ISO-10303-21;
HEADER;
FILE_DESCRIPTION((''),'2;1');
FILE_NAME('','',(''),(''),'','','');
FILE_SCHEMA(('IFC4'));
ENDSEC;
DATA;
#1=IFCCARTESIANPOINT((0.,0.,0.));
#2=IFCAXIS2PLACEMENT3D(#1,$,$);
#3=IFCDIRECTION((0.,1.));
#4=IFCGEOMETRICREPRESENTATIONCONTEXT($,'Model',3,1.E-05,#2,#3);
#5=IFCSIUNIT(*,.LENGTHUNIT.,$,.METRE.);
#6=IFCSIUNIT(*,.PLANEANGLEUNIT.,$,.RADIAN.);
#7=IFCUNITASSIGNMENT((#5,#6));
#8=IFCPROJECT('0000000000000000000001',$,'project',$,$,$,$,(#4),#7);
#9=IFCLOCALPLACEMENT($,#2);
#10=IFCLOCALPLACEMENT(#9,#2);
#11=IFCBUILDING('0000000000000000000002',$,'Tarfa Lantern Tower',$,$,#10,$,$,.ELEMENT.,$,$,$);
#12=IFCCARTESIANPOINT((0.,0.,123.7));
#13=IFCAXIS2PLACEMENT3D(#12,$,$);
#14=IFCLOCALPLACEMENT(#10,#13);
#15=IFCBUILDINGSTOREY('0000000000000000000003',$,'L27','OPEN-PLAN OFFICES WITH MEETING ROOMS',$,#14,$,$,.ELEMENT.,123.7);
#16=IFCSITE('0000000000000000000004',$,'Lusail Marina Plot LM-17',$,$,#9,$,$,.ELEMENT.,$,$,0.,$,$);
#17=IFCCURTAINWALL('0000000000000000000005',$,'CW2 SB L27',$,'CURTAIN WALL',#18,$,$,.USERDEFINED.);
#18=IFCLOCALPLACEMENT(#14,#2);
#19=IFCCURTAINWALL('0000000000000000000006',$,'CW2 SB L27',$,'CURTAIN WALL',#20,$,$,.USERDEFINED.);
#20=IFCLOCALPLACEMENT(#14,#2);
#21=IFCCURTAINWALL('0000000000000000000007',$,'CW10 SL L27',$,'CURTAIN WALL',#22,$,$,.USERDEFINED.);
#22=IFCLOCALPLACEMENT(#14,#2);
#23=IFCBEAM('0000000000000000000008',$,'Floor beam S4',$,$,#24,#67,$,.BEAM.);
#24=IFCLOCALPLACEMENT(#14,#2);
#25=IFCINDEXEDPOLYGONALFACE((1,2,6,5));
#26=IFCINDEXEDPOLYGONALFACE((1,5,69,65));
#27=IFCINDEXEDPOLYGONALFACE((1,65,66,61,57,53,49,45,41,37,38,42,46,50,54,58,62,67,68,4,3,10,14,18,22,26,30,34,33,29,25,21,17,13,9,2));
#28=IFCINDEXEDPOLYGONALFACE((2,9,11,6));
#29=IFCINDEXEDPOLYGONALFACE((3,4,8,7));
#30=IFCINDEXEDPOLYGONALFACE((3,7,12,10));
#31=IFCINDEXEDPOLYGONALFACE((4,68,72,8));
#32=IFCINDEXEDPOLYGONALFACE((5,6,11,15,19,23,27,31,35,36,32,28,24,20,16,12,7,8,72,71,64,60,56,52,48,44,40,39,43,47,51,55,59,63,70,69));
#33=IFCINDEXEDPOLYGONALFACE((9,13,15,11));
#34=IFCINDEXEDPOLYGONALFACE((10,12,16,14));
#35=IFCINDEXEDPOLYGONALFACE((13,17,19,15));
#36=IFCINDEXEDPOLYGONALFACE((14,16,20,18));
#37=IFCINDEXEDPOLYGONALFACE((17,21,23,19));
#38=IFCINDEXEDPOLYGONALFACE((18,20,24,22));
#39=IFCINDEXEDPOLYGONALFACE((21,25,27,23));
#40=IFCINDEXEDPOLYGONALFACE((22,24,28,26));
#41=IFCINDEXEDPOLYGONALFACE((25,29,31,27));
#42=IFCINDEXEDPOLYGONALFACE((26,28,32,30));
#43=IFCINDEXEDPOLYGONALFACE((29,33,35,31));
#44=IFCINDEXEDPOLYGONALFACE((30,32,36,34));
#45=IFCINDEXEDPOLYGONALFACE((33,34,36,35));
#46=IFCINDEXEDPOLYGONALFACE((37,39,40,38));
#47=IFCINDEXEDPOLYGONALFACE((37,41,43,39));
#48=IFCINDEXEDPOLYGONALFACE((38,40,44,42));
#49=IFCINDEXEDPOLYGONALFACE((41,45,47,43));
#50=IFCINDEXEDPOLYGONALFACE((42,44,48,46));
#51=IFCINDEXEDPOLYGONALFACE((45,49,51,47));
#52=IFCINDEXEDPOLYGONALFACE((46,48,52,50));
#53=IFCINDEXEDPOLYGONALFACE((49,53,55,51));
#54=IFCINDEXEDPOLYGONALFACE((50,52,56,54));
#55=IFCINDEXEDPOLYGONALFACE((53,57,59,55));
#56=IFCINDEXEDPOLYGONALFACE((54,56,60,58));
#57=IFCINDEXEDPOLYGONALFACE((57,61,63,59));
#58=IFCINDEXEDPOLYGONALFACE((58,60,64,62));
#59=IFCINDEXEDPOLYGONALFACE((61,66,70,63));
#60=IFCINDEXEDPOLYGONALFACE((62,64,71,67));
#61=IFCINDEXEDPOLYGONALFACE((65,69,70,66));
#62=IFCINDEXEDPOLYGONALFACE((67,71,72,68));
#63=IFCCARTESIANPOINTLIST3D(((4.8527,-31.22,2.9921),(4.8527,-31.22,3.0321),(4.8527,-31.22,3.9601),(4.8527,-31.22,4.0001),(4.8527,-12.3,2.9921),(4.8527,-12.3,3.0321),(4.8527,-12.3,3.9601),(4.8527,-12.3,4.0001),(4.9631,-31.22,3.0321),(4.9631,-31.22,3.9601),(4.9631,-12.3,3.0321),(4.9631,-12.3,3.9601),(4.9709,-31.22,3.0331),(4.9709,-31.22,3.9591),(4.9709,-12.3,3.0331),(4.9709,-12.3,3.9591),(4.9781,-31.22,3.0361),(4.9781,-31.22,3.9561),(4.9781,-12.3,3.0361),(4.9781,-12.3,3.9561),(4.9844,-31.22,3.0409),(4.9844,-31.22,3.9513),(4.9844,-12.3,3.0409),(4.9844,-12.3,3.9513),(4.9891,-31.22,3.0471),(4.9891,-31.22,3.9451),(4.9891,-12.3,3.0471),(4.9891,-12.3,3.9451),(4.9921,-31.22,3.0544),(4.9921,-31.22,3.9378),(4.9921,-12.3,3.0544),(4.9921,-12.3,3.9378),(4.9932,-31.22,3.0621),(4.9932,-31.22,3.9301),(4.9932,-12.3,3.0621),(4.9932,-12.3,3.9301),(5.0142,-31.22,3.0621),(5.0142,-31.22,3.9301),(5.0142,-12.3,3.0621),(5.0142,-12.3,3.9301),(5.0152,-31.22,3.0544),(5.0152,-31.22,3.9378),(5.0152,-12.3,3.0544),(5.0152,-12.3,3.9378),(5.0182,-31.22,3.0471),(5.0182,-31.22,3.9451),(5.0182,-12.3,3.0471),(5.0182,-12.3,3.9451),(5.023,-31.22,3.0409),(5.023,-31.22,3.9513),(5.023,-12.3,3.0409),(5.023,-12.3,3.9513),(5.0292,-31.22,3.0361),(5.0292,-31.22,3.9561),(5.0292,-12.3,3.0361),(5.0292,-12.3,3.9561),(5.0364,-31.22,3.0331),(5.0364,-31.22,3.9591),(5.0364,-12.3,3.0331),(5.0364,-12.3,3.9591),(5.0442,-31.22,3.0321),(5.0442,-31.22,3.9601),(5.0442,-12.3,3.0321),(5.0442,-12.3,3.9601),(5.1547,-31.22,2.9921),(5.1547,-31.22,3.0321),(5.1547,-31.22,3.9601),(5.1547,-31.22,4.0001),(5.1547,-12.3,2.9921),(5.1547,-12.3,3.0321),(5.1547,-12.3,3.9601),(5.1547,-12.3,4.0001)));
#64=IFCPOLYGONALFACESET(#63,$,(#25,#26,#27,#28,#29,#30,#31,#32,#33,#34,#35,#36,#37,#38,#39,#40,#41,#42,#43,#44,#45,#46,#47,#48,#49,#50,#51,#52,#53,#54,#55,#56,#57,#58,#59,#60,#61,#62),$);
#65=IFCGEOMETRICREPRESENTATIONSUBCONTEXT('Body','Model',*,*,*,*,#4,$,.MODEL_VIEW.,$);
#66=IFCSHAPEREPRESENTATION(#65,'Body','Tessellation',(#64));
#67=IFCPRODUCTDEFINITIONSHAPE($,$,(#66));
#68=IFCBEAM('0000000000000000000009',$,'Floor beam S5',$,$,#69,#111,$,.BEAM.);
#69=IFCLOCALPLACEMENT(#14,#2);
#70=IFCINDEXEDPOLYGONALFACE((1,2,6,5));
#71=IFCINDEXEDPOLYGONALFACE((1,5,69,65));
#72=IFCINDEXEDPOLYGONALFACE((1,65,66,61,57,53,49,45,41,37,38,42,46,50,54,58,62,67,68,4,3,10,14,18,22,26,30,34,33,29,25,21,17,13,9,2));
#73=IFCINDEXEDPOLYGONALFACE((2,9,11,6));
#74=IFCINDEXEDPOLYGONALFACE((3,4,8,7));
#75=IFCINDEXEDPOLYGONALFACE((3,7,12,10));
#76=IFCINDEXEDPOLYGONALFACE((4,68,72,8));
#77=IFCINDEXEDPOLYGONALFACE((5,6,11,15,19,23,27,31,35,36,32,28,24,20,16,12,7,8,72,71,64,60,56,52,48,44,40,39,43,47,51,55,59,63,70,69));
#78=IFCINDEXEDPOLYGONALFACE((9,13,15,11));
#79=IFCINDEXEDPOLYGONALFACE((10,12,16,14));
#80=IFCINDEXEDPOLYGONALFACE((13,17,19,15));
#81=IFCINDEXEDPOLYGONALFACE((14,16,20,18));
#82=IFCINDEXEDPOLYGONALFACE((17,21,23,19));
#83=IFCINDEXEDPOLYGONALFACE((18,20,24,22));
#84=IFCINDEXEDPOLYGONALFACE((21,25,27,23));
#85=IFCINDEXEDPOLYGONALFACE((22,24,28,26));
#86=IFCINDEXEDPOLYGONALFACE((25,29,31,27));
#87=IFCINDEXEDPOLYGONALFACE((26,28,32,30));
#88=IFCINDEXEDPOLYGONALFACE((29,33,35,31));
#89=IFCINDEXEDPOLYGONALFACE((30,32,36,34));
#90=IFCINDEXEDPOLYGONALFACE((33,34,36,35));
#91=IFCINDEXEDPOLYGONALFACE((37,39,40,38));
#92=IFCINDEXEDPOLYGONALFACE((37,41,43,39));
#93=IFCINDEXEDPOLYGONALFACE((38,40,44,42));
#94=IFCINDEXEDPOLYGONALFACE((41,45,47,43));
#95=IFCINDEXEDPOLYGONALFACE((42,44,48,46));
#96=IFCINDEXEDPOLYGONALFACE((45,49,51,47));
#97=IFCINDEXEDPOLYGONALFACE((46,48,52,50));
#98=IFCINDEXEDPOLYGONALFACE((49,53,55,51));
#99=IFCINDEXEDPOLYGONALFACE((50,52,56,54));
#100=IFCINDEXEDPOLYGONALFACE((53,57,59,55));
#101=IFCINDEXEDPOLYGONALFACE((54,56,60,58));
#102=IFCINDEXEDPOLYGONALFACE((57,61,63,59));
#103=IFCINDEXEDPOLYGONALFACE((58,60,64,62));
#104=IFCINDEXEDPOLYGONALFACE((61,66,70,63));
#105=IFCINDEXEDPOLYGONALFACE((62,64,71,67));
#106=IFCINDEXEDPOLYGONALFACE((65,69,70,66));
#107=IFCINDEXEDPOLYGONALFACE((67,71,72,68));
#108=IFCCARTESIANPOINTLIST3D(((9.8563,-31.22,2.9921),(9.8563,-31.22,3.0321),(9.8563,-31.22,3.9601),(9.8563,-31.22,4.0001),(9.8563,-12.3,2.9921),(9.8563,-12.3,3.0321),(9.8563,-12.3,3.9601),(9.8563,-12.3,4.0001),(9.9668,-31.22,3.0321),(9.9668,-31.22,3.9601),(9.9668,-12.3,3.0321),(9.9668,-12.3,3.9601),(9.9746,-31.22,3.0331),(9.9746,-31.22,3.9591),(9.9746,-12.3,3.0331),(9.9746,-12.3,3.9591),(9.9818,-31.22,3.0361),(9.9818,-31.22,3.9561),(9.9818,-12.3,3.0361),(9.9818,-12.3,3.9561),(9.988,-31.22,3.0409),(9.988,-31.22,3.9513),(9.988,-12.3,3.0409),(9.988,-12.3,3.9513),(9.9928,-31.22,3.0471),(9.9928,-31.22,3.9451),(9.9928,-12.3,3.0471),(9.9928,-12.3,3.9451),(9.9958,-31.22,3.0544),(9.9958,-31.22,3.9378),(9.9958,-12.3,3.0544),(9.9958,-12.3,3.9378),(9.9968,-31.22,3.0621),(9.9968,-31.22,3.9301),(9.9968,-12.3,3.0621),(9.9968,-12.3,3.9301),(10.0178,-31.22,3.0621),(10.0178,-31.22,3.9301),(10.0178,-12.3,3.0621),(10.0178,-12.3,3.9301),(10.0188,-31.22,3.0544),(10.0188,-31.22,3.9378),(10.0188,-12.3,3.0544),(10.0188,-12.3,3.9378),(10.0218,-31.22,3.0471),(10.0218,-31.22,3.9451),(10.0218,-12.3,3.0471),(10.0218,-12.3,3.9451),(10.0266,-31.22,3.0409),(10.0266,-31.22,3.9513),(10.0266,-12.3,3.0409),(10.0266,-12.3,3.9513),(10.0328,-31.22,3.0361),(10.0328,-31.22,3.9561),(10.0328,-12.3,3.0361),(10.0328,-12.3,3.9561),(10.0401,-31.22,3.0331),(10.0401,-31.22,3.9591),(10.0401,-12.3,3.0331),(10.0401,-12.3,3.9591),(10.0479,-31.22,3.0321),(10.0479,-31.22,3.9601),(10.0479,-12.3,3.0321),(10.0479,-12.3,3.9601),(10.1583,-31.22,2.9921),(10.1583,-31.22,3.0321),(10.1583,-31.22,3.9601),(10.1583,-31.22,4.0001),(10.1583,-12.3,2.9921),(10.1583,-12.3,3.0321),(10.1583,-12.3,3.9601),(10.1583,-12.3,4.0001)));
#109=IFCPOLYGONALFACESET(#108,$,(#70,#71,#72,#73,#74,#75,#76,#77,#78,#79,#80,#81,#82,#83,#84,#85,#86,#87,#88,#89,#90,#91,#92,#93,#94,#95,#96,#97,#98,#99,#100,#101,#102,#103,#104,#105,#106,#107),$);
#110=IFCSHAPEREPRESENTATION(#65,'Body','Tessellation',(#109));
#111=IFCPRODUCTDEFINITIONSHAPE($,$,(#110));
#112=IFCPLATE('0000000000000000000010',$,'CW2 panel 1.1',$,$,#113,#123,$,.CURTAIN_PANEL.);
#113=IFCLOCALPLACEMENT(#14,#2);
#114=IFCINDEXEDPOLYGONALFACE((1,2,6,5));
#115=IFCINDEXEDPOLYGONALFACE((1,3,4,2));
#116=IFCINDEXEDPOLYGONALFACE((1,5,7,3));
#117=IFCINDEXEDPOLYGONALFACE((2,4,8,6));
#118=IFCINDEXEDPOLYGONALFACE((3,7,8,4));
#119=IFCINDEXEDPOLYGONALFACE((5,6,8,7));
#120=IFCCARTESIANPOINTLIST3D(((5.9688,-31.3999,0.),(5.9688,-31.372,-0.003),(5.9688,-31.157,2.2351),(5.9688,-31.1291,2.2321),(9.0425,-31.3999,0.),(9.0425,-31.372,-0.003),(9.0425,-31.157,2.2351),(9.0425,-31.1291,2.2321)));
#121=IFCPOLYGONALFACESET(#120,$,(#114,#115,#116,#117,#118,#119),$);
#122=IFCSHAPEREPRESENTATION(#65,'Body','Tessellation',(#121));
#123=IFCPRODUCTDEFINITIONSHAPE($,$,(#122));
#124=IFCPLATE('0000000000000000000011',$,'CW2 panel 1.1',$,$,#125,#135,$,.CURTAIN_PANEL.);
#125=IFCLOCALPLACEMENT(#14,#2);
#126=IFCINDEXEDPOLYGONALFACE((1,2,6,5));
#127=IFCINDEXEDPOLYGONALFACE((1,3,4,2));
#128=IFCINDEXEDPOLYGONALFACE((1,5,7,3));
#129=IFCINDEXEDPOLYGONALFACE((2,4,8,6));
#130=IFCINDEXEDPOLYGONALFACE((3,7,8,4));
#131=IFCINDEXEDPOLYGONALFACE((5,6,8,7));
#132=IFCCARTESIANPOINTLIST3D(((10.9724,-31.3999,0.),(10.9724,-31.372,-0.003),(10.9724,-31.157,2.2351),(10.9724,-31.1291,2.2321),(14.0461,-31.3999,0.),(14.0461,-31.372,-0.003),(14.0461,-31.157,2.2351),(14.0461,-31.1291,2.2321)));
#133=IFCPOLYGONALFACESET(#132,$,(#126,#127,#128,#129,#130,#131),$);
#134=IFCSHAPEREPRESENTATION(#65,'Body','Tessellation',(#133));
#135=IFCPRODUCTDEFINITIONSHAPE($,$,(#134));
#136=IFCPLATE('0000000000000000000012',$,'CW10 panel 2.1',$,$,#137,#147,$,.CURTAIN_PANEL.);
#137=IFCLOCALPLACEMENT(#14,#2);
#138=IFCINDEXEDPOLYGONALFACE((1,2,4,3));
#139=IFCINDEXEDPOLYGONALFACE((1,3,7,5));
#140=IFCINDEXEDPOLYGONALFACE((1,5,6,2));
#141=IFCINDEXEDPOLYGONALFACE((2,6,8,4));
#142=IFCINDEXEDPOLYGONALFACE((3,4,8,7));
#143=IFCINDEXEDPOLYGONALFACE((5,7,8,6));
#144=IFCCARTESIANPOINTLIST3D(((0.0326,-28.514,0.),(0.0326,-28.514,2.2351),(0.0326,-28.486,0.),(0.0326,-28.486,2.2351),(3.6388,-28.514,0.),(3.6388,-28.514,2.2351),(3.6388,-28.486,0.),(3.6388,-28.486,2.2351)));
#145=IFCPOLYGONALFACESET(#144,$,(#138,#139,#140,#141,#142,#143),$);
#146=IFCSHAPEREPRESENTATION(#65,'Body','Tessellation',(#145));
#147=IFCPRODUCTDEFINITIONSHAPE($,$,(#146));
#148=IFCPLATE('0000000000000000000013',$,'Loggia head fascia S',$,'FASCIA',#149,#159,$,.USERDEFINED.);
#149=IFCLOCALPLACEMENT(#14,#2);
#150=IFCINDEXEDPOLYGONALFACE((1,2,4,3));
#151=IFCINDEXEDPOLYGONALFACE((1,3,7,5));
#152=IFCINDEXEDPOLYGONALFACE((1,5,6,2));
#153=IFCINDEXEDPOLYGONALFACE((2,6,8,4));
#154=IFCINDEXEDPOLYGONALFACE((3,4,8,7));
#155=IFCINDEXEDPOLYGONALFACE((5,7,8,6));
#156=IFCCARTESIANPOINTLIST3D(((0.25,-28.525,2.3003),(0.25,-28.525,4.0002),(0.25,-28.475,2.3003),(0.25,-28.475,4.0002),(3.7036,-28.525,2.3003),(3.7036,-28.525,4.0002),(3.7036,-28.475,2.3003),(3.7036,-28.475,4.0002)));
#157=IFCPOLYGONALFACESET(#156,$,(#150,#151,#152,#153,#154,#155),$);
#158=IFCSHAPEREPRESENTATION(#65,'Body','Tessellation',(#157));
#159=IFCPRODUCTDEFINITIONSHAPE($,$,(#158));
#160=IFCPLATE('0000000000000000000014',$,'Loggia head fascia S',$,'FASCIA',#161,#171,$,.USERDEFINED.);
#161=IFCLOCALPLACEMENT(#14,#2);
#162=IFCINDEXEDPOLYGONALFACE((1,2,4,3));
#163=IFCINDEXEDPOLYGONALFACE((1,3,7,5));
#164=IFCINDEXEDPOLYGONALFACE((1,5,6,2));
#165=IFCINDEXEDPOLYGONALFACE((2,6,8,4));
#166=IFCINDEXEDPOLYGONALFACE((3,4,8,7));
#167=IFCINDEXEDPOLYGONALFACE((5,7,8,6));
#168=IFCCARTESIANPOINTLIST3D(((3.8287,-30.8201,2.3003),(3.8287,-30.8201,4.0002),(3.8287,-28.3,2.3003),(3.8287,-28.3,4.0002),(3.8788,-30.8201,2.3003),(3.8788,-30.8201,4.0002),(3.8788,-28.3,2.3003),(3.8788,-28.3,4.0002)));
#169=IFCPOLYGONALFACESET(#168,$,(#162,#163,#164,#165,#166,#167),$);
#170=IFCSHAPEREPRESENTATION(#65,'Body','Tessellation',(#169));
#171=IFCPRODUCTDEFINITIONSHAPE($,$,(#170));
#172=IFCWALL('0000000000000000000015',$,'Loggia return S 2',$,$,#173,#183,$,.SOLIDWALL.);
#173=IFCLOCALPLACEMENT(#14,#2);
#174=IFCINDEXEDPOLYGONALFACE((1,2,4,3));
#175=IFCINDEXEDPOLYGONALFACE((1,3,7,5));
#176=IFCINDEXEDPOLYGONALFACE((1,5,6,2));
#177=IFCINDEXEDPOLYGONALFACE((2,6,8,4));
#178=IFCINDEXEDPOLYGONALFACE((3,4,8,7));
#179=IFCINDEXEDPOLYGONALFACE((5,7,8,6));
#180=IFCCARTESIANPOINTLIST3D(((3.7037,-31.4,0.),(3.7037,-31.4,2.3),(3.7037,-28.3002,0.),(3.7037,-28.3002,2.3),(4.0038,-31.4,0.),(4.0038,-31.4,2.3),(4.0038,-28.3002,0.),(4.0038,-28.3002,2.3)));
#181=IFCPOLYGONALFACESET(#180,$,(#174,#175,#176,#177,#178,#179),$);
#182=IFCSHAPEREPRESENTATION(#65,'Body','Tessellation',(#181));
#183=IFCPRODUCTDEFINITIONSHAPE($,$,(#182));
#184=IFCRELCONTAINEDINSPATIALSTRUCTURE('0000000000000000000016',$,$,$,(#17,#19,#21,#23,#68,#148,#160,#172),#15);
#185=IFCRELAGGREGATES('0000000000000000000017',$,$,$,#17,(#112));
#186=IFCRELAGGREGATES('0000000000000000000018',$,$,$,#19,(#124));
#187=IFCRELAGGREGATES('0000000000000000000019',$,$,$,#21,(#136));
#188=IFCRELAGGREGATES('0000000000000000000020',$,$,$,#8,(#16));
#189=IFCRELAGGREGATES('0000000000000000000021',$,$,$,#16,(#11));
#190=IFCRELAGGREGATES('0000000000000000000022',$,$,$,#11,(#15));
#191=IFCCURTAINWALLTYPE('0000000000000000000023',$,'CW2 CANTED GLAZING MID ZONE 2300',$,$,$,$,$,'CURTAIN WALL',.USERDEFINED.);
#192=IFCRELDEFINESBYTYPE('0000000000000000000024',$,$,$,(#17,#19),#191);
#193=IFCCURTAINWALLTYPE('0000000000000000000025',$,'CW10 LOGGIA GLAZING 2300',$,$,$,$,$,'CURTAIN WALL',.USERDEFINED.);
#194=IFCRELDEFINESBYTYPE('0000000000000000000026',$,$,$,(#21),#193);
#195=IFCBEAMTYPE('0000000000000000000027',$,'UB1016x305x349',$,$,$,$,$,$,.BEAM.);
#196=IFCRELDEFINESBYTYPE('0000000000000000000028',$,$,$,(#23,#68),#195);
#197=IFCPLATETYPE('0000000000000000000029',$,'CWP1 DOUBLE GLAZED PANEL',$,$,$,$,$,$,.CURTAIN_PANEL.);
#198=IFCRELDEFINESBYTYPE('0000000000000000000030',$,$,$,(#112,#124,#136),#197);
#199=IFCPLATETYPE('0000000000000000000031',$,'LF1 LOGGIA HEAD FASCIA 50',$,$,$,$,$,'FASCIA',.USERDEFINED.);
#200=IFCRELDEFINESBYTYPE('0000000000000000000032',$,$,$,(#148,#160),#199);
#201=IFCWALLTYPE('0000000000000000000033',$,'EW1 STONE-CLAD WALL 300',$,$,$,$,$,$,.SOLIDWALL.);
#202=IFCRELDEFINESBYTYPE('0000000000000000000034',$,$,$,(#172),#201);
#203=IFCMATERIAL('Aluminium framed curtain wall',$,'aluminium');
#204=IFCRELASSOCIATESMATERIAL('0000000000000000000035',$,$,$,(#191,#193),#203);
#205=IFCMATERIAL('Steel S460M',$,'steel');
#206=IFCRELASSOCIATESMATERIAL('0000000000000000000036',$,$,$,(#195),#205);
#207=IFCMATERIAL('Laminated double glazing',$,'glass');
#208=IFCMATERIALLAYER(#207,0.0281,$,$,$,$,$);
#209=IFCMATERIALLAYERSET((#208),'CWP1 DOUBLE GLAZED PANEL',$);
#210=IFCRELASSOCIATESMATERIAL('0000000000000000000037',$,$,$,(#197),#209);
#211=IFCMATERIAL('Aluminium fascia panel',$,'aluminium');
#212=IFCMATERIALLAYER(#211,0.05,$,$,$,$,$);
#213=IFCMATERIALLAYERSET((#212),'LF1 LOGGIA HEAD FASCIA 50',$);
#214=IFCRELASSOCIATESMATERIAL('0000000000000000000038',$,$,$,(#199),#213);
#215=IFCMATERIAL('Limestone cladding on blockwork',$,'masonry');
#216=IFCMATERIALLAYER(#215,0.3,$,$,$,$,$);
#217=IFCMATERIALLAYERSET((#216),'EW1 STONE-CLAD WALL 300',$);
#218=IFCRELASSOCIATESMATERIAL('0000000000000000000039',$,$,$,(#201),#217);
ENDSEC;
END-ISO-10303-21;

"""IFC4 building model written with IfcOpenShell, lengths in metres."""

from ifc_helpers import new_model, si_unit, direction, frame, frame_2d, origin, origin_2d, place, context, subcontext, project, spatial, polyline, rectangle, i_section, outline, extrude, material, layer, layer_set, material_profile, profile_set, type_object, element, aggregate, save


model = new_model("IFC4")

# Units and contexts
model_context = context("Model", 3, precision=1e-05, world=origin(), true_north=direction((0.0, 1.0)))
body_context = subcontext(model_context, "Body", "Model", "MODEL_VIEW")
ifc_project = project(units=[si_unit("LENGTHUNIT", "METRE"), si_unit("PLANEANGLEUNIT", "RADIAN")], contexts=[model_context])

# Site, building, storey
site_placement = place(None, origin())
site = spatial("IfcSite", under=ifc_project, at=site_placement, Name="Lusail Marina Plot LM-17", CompositionType="ELEMENT", RefElevation=0.0)
building_placement = place(site_placement, origin())
building = spatial("IfcBuilding", under=site, at=building_placement, Name="Tarfa Lantern Tower", CompositionType="ELEMENT")
storey_placement = place(building_placement, frame((0.0, 0.0, 123.7)))
storey = spatial("IfcBuildingStorey", under=building, at=storey_placement, Name="L27", Description="OPEN-PLAN OFFICES WITH MEETING ROOMS", CompositionType="ELEMENT", Elevation=123.7)

# Curtain wall
ifc_material_1 = material(Name="Aluminium framed curtain wall", Category="aluminium")
curtain_wall_type_1 = type_object("IfcCurtainWallType", Name="CW2 CANTED GLAZING MID ZONE 2300", ElementType="CURTAIN WALL", PredefinedType="USERDEFINED", material=ifc_material_1)
curtain_wall_1_placement = place(storey_placement, origin())
curtain_wall_1 = element("IfcCurtainWall", 1, at=curtain_wall_1_placement, inside=storey, type_object=curtain_wall_type_1, Name="CW2 SB L27", ObjectType="CURTAIN WALL", PredefinedType="USERDEFINED")

# Curtain walls
curtain_wall_2_placement = place(storey_placement, origin())
curtain_wall_2 = element("IfcCurtainWall", 2, at=curtain_wall_2_placement, inside=storey, type_object=curtain_wall_type_1, Name="CW2 SB L27", ObjectType="CURTAIN WALL", PredefinedType="USERDEFINED")
curtain_wall_type_2 = type_object("IfcCurtainWallType", Name="CW10 LOGGIA GLAZING 2300", ElementType="CURTAIN WALL", PredefinedType="USERDEFINED", material=ifc_material_1)
curtain_wall_3_placement = place(storey_placement, origin())
curtain_wall_3 = element("IfcCurtainWall", 3, at=curtain_wall_3_placement, inside=storey, type_object=curtain_wall_type_2, Name="CW10 SL L27", ObjectType="CURTAIN WALL", PredefinedType="USERDEFINED")

# Beams
ifc_material_2 = material(Name="Steel S460M", Category="steel")
ifc_material_profile_1 = material_profile(ifc_material_2, i_section(OverallWidth=0.302, OverallDepth=1.0081, WebThickness=0.021, FlangeThickness=0.04, FilletRadius=0.03, at=origin_2d()), Name="UB1016x305x349")
ifc_profile_set_1 = profile_set([ifc_material_profile_1], Name="Steel S460M")
beam_type_1 = type_object("IfcBeamType", Name="UB1016x305x349", PredefinedType="BEAM", material=ifc_profile_set_1)
for number, where, z_axis, x_axis, name in (
    (4, (5.0037, -31.22, 3.4961), (0.0, 1.0, 0.0), (-1.0, 0.0, 0.0), "Floor beam S4"),
    (5, (10.0073, -31.22, 3.4961), (0.0, 1.0, 0.0), (-1.0, 0.0, 0.0), "Floor beam S5"),
):
    element("IfcBeam", number, at=place(storey_placement, frame(where, z_axis=z_axis, x_axis=x_axis)), inside=storey, type_object=beam_type_1, Name=name, PredefinedType="BEAM", context=body_context, shape_type="SweptSolid", body=[
        extrude(i_section(OverallWidth=0.302, OverallDepth=1.0081, WebThickness=0.021, FlangeThickness=0.04, FilletRadius=0.03, at=origin_2d()), origin(), (0.0, 0.0, 1.0), 18.9199),
    ])

# Plates
ifc_material_3 = material(Name="Laminated double glazing", Category="glass")
ifc_layer_1 = layer(ifc_material_3, 0.0281)
ifc_layer_set_1 = layer_set([ifc_layer_1], Name="CWP1 DOUBLE GLAZED PANEL")
plate_type_1 = type_object("IfcPlateType", Name="CWP1 DOUBLE GLAZED PANEL", PredefinedType="CURTAIN_PANEL", material=ifc_layer_set_1)
plate_1_placement = place(storey_placement, frame((5.9688, -31.3999, 0.0), z_axis=(0.0, -0.994146, 0.108048), x_axis=(1.0, 0.0, 0.0)))
plate_1 = element("IfcPlate", 6, at=plate_1_placement, type_object=plate_type_1, Name="CW2 panel 1.1", PredefinedType="CURTAIN_PANEL", context=body_context, shape_type="SweptSolid", body=[
    extrude(outline(polyline([(0.0, 0.0), (3.0737, 0.0), (3.0737, 2.2483), (0.0, 2.2483), (0.0, 0.0)])), origin(), (0.0, 0.0, -1.0), 0.0281),
])
aggregate(curtain_wall_1, [plate_1])
plate_2_placement = place(storey_placement, frame((10.9724, -31.3999, 0.0), z_axis=(0.0, -0.994146, 0.108048), x_axis=(1.0, 0.0, 0.0)))
plate_2 = element("IfcPlate", 7, at=plate_2_placement, type_object=plate_type_1, Name="CW2 panel 1.1", PredefinedType="CURTAIN_PANEL", context=body_context, shape_type="SweptSolid", body=[
    extrude(outline(polyline([(0.0, 0.0), (3.0737, 0.0), (3.0737, 2.2483), (0.0, 2.2483), (0.0, 0.0)])), origin(), (0.0, 0.0, -1.0), 0.0281),
])
aggregate(curtain_wall_2, [plate_2])
plate_3_placement = place(storey_placement, frame((1.8357, -28.5, 0.0), z_axis=(0.0, 0.0, 1.0), x_axis=(1.0, 0.0, 0.0)))
plate_3 = element("IfcPlate", 8, at=plate_3_placement, type_object=plate_type_1, Name="CW10 panel 2.1", PredefinedType="CURTAIN_PANEL", context=body_context, shape_type="SweptSolid", body=[
    extrude(rectangle(XDim=3.6062, YDim=0.0281, at=origin_2d()), origin(), (0.0, 0.0, 1.0), 2.2351),
])
aggregate(curtain_wall_3, [plate_3])

# Plates
ifc_material_4 = material(Name="Aluminium fascia panel", Category="aluminium")
ifc_layer_2 = layer(ifc_material_4, 0.05)
ifc_layer_set_2 = layer_set([ifc_layer_2], Name="LF1 LOGGIA HEAD FASCIA 50")
plate_type_2 = type_object("IfcPlateType", Name="LF1 LOGGIA HEAD FASCIA 50", ElementType="FASCIA", PredefinedType="USERDEFINED", material=ifc_layer_set_2)
plate_4_placement = place(storey_placement, frame((1.9768, -28.5, 2.3003), z_axis=(0.0, 0.0, 1.0), x_axis=(1.0, 0.0, 0.0)))
element("IfcPlate", 9, at=plate_4_placement, inside=storey, type_object=plate_type_2, Name="Loggia head fascia S", ObjectType="FASCIA", PredefinedType="USERDEFINED", context=body_context, shape_type="SweptSolid", body=[
    extrude(rectangle(XDim=3.4536, YDim=0.05, at=origin_2d()), origin(), (0.0, 0.0, 1.0), 1.7),
])
plate_5_placement = place(storey_placement, frame((3.8538, -29.5601, 2.3003), z_axis=(0.0, 0.0, 1.0), x_axis=(0.0, 1.0, 0.0)))
element("IfcPlate", 10, at=plate_5_placement, inside=storey, type_object=plate_type_2, Name="Loggia head fascia S", ObjectType="FASCIA", PredefinedType="USERDEFINED", context=body_context, shape_type="SweptSolid", body=[
    extrude(rectangle(XDim=2.52, YDim=0.05, at=origin_2d()), origin(), (0.0, 0.0, 1.0), 1.7),
])

# Wall
ifc_material_5 = material(Name="Limestone cladding on blockwork", Category="masonry")
ifc_layer_3 = layer(ifc_material_5, 0.3)
ifc_layer_set_3 = layer_set([ifc_layer_3], Name="EW1 STONE-CLAD WALL 300")
wall_type_1 = type_object("IfcWallType", Name="EW1 STONE-CLAD WALL 300", PredefinedType="SOLIDWALL", material=ifc_layer_set_3)
wall_1_placement = place(storey_placement, frame((3.8538, -31.3999, 0.0), z_axis=(0.0, 0.0, 1.0), x_axis=(0.0, 1.0, 0.0)))
element("IfcWall", 11, at=wall_1_placement, inside=storey, type_object=wall_type_1, Name="Loggia return S 2", PredefinedType="SOLIDWALL", context=body_context, shape_type="SweptSolid", body=[
    extrude(rectangle(XDim=3.0999, YDim=0.3, at=frame_2d((1.5498, 0.0))), origin(), (0.0, 0.0, 1.0), 2.3),
])

save(model, "model.ifc")
